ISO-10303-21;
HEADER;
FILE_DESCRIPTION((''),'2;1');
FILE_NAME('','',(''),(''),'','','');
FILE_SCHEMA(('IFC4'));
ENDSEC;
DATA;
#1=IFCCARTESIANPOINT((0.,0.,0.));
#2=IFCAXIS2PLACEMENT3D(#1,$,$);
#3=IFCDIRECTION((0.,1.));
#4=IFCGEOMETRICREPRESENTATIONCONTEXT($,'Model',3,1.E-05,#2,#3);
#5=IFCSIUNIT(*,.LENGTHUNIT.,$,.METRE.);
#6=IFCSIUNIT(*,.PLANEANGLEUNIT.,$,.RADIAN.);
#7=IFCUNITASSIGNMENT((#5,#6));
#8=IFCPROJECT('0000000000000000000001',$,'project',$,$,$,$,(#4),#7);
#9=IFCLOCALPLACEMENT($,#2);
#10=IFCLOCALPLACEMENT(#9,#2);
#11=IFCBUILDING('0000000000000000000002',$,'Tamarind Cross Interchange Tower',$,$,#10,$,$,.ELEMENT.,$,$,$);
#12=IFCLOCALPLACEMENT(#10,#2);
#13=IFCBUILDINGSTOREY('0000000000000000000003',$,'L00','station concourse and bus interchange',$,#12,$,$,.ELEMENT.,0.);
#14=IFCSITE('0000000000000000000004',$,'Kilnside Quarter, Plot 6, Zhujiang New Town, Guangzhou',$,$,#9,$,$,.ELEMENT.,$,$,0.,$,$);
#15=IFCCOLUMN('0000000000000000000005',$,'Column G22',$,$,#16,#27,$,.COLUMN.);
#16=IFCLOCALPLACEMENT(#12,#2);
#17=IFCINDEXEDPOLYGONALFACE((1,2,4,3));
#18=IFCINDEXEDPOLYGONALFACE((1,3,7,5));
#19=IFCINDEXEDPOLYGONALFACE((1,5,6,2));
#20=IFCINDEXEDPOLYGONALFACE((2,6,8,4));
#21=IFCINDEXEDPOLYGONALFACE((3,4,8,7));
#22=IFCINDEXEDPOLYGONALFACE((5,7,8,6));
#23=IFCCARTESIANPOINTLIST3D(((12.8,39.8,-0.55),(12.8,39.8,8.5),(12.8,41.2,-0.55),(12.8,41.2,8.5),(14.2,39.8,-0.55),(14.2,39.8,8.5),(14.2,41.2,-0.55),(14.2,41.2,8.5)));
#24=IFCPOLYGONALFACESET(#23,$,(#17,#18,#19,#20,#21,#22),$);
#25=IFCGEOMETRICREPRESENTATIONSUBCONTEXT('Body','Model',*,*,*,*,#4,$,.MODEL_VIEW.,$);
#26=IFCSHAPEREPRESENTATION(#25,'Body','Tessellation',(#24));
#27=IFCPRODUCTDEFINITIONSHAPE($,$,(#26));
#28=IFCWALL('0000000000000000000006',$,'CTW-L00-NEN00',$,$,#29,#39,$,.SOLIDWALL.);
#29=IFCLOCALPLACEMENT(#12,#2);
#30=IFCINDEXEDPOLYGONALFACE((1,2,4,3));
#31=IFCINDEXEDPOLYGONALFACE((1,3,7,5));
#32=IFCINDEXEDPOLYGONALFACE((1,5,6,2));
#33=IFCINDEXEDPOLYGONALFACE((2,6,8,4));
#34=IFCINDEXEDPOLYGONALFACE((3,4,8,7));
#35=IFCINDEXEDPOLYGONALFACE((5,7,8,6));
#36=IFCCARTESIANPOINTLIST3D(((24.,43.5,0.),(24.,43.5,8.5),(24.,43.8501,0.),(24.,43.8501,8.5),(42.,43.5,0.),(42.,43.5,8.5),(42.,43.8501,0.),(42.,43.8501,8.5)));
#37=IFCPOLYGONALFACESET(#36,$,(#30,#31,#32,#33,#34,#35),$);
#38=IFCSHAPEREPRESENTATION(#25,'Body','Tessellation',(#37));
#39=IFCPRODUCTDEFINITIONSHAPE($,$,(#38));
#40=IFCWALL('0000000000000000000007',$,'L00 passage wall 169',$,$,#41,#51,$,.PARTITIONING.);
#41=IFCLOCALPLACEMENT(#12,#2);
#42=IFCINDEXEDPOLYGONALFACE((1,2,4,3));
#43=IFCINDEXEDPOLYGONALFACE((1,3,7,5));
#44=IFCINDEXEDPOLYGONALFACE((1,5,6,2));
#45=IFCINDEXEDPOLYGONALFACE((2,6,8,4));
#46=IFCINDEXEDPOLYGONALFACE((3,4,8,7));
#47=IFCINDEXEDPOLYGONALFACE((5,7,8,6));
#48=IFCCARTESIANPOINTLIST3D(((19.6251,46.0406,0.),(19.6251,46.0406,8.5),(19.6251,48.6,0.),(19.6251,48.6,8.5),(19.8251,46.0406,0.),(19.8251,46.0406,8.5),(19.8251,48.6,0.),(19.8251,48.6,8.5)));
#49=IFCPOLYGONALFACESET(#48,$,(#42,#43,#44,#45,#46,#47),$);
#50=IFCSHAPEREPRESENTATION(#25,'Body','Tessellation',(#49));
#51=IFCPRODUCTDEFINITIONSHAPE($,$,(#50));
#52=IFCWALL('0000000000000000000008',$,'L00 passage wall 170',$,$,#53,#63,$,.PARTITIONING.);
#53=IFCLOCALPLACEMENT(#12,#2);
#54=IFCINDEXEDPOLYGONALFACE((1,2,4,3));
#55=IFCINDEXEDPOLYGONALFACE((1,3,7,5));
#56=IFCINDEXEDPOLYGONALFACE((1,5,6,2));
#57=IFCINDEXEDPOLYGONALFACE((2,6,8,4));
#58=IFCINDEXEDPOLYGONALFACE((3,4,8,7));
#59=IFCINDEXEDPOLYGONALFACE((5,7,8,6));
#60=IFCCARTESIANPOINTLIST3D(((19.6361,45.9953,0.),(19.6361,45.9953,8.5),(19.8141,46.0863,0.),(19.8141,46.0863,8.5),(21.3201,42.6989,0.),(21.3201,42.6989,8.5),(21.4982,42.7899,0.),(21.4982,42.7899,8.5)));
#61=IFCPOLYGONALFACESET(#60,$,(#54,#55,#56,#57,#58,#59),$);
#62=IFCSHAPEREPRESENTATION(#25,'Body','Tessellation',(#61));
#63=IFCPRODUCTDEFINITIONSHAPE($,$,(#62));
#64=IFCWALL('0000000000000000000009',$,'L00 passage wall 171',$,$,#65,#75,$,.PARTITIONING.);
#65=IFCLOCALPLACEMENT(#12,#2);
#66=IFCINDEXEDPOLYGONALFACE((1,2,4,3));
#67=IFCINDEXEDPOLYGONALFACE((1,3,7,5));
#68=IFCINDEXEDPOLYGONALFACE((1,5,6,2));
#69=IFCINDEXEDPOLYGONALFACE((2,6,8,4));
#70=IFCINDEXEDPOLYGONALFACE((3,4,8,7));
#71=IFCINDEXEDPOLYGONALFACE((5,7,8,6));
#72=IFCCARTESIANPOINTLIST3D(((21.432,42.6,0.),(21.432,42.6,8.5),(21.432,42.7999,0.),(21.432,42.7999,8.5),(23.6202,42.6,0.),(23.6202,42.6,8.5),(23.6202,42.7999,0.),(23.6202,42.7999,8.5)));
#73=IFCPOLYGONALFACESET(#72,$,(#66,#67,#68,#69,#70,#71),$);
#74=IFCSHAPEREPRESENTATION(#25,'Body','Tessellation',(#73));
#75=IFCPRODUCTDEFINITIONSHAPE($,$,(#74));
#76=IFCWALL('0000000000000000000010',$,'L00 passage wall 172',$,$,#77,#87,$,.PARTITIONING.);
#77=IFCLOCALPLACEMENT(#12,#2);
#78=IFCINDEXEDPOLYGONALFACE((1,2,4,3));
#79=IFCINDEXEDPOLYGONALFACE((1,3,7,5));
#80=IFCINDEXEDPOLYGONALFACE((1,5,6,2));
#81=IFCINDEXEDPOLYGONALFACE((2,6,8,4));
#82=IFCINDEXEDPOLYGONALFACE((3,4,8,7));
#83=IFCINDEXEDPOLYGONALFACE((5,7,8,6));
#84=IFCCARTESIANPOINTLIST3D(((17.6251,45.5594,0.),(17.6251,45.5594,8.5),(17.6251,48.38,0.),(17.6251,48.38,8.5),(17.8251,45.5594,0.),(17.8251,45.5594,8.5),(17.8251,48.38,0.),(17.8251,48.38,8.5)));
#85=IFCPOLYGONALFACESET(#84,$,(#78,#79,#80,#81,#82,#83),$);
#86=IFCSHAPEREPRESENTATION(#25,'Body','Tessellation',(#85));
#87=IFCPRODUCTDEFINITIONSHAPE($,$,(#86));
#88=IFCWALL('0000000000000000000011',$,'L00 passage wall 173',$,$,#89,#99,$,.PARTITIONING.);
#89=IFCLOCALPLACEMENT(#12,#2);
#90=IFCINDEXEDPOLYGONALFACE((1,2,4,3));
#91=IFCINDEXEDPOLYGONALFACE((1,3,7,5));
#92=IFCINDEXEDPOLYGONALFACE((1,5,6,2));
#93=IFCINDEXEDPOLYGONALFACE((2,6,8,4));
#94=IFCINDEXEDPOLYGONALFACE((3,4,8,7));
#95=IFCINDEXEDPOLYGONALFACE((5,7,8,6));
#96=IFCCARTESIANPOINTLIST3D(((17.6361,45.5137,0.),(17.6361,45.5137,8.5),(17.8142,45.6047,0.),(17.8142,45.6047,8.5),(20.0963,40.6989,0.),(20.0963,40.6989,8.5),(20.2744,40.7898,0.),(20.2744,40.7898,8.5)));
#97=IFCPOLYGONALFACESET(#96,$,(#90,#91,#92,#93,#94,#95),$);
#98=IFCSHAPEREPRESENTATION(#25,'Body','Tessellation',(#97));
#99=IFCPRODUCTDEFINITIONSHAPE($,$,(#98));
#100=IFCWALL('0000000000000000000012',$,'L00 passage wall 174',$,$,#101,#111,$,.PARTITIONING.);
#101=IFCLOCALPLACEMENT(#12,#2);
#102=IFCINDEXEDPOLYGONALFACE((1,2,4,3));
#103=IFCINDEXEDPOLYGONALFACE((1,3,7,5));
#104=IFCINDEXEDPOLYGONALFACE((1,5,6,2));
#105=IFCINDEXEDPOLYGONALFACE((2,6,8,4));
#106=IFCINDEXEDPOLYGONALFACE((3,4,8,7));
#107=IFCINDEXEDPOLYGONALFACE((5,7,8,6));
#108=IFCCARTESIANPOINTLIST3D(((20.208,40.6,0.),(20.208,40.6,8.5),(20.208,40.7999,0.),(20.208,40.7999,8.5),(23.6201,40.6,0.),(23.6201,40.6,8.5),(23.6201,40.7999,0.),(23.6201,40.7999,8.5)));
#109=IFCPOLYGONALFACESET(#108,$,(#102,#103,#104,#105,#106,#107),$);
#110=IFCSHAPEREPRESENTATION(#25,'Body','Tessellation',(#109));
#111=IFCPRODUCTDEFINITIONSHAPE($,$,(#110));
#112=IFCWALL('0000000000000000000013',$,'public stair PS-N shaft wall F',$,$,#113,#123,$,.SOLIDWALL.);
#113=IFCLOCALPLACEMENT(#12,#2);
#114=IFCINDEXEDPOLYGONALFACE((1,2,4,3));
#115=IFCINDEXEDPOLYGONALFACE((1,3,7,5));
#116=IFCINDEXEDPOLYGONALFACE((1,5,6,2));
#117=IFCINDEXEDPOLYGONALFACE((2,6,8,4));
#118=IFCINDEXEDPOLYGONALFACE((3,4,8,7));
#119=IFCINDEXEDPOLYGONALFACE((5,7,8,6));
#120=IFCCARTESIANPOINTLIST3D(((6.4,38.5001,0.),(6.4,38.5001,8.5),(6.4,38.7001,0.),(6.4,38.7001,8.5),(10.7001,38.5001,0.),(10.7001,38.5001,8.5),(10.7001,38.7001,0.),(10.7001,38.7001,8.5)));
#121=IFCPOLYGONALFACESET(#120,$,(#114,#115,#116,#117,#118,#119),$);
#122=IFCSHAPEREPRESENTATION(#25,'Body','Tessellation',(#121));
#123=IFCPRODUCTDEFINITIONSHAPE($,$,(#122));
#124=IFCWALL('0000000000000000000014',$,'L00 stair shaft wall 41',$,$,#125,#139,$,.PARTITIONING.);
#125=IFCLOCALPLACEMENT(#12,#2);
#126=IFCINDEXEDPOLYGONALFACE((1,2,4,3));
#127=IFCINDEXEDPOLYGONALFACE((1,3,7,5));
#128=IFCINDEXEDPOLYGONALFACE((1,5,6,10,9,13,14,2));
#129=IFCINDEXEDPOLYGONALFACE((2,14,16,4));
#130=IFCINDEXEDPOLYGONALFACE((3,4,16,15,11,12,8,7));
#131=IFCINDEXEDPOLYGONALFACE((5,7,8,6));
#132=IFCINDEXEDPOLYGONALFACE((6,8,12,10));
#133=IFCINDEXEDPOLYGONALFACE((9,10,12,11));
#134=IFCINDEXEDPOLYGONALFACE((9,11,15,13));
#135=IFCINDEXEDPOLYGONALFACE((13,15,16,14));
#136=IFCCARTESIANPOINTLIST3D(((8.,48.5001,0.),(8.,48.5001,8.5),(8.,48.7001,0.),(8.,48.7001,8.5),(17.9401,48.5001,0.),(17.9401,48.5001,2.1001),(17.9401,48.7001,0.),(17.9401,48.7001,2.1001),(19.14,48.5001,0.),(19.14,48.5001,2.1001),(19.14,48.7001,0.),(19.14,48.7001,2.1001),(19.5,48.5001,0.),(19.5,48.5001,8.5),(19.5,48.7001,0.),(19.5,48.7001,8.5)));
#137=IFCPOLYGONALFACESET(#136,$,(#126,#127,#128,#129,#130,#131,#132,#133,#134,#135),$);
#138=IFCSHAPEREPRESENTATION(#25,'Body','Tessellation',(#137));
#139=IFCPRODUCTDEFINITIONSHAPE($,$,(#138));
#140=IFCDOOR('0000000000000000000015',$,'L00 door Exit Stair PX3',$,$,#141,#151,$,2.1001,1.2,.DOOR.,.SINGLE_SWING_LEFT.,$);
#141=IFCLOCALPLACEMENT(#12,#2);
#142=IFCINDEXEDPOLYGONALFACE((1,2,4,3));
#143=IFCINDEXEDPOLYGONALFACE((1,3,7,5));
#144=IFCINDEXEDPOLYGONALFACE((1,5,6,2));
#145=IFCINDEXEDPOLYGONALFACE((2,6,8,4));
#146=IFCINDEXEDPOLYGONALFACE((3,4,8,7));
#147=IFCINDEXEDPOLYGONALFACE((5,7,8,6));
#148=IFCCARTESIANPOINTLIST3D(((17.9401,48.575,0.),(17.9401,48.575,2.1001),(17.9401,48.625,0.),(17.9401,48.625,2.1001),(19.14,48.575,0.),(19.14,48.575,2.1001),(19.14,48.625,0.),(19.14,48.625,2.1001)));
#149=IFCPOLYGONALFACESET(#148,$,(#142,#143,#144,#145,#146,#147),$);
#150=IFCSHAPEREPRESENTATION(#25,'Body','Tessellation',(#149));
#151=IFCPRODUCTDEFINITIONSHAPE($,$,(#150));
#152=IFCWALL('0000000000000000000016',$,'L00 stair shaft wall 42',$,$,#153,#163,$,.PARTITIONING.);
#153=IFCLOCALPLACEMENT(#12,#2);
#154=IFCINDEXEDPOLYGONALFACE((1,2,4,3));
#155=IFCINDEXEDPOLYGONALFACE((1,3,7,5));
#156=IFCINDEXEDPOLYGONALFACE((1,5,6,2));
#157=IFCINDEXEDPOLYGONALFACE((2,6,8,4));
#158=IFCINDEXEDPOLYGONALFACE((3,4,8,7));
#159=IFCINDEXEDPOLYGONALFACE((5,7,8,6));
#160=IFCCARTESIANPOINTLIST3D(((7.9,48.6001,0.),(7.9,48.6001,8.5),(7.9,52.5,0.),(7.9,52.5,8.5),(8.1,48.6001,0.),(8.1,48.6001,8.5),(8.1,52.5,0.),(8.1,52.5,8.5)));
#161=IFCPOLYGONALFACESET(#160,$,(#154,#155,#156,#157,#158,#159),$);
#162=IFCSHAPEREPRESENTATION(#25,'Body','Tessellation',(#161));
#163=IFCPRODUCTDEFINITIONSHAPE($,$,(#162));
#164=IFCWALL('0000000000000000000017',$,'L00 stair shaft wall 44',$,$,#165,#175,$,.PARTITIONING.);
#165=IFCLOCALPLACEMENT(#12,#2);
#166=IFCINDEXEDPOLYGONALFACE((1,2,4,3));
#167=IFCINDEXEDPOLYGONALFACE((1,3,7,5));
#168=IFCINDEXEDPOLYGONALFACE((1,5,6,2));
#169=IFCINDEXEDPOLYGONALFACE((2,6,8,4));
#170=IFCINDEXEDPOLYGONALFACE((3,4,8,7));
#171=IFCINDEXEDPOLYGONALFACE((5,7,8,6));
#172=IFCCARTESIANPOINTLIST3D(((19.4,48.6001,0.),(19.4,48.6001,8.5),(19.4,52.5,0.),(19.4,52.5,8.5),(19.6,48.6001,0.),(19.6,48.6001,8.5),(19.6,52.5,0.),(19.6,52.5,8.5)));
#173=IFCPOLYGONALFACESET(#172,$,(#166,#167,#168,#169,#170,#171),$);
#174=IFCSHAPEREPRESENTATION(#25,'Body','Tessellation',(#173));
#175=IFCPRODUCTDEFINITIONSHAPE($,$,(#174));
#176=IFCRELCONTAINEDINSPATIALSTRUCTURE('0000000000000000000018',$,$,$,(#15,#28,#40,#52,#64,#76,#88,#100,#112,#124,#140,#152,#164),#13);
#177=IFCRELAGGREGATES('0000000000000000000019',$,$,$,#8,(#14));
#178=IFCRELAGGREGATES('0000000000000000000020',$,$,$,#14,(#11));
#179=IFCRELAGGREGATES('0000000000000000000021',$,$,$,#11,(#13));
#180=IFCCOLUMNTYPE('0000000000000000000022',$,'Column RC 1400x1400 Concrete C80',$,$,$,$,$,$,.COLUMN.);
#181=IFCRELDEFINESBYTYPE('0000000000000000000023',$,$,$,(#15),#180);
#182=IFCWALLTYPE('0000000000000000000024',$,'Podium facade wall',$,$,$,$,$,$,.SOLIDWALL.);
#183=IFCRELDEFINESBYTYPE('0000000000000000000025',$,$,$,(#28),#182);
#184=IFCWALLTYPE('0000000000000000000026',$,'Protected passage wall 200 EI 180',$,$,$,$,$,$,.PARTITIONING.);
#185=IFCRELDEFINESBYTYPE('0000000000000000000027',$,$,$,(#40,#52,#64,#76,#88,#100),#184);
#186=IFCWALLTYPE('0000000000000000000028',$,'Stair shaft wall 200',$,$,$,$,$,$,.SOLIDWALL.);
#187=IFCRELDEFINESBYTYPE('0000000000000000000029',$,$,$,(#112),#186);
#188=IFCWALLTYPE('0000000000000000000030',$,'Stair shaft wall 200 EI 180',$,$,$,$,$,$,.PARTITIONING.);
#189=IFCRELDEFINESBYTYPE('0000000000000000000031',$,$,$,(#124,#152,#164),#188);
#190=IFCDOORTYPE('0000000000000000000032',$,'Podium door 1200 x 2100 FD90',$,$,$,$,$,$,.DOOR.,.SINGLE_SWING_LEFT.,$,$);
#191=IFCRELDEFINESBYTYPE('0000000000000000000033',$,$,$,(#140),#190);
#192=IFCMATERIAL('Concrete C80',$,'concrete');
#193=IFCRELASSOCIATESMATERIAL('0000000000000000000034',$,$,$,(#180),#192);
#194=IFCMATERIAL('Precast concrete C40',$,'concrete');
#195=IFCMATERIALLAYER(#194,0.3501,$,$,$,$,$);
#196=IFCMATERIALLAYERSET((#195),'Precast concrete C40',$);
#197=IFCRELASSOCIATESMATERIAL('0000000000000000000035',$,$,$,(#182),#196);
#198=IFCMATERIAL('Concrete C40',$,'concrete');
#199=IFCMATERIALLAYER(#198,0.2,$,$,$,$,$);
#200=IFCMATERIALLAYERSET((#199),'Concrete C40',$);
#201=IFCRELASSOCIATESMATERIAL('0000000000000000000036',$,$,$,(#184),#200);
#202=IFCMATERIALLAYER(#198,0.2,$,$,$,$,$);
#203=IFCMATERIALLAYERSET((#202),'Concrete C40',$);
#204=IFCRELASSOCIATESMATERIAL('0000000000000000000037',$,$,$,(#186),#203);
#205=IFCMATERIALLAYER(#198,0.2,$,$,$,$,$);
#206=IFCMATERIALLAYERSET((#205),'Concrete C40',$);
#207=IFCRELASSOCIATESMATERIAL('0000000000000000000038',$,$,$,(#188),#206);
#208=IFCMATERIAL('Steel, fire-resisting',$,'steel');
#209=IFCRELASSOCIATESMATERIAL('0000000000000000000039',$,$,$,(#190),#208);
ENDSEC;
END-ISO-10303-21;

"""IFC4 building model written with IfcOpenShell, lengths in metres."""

from ifc_helpers import new_model, si_unit, direction, frame, frame_2d, origin, origin_2d, place, context, subcontext, project, spatial, rectangle, extrude, material, layer, layer_set, material_profile, profile_set, type_object, element, fill, save


model = new_model("IFC4")

# Units and contexts
model_context = context("Model", 3, precision=1e-05, world=origin(), true_north=direction((0.0, 1.0)))
body_context = subcontext(model_context, "Body", "Model", "MODEL_VIEW")
ifc_project = project(units=[si_unit("LENGTHUNIT", "METRE"), si_unit("PLANEANGLEUNIT", "RADIAN")], contexts=[model_context])

# Site, building, storey
site_placement = place(None, origin())
site = spatial("IfcSite", under=ifc_project, at=site_placement, Name="Kilnside Quarter, Plot 6, Zhujiang New Town, Guangzhou", CompositionType="ELEMENT", RefElevation=0.0)
building_placement = place(site_placement, origin())
building = spatial("IfcBuilding", under=site, at=building_placement, Name="Tamarind Cross Interchange Tower", CompositionType="ELEMENT")
storey_placement = place(building_placement, origin())
storey = spatial("IfcBuildingStorey", under=building, at=storey_placement, Name="L00", Description="station concourse and bus interchange", CompositionType="ELEMENT", Elevation=0.0)

# Column
ifc_material_1 = material(Name="Concrete C80", Category="concrete")
ifc_material_profile = material_profile(ifc_material_1, rectangle(XDim=1.3999, YDim=1.3999, at=origin_2d()), Name="RC 1400x1400")
ifc_profile_set = profile_set([ifc_material_profile], Name="Concrete C80")
column_type = type_object("IfcColumnType", Name="Column RC 1400x1400 Concrete C80", PredefinedType="COLUMN", material=ifc_profile_set)
column_placement = place(storey_placement, frame((13.5, 40.5, -0.55), z_axis=(0.0, 0.0, 1.0), x_axis=(1.0, 0.0, 0.0)))
element("IfcColumn", 1, at=column_placement, inside=storey, type_object=column_type, Name="Column G22", PredefinedType="COLUMN", context=body_context, shape_type="SweptSolid", body=[
    extrude(rectangle(XDim=1.3999, YDim=1.3999, at=origin_2d()), origin(), (0.0, 0.0, 1.0), 9.05),
])

# Walls
ifc_material_2 = material(Name="Precast concrete C40", Category="concrete")
ifc_layer_1 = layer(ifc_material_2, 0.3501)
ifc_layer_set_1 = layer_set([ifc_layer_1], Name="Precast concrete C40")
wall_type_1 = type_object("IfcWallType", Name="Podium facade wall", PredefinedType="SOLIDWALL", material=ifc_layer_set_1)
wall_1_placement = place(storey_placement, frame((24.0, 43.675, 0.0), z_axis=(0.0, 0.0, 1.0), x_axis=(1.0, 0.0, 0.0)))
element("IfcWall", 2, at=wall_1_placement, inside=storey, type_object=wall_type_1, Name="CTW-L00-NEN00", PredefinedType="SOLIDWALL", context=body_context, shape_type="SweptSolid", body=[
    extrude(rectangle(XDim=18.0, YDim=0.3501, at=frame_2d((9.0, 0.0))), origin(), (0.0, 0.0, 1.0), 8.5),
])
ifc_material_3 = material(Name="Concrete C40", Category="concrete")
ifc_layer_2 = layer(ifc_material_3, 0.2)
ifc_layer_set_2 = layer_set([ifc_layer_2], Name="Concrete C40")
wall_type_2 = type_object("IfcWallType", Name="Protected passage wall 200 EI 180", PredefinedType="PARTITIONING", material=ifc_layer_set_2)
wall_2_placement = place(storey_placement, frame((19.7251, 48.6001, 0.0), z_axis=(0.0, 0.0, 1.0), x_axis=(0.0, -1.0, 0.0)))
element("IfcWall", 3, at=wall_2_placement, inside=storey, type_object=wall_type_2, Name="L00 passage wall 169", PredefinedType="PARTITIONING", context=body_context, shape_type="SweptSolid", body=[
    extrude(rectangle(XDim=2.5593, YDim=0.2, at=frame_2d((1.2798, 0.0))), origin(), (0.0, 0.0, 1.0), 8.5),
])
wall_3_placement = place(storey_placement, frame((19.7251, 46.0408, 0.0), z_axis=(0.0, 0.0, 1.0), x_axis=(0.454953, -0.890515, 0.0)))
element("IfcWall", 4, at=wall_3_placement, inside=storey, type_object=wall_type_2, Name="L00 passage wall 170", PredefinedType="PARTITIONING", context=body_context, shape_type="SweptSolid", body=[
    extrude(rectangle(XDim=3.7017, YDim=0.2, at=frame_2d((1.8508, 0.0))), origin(), (0.0, 0.0, 1.0), 8.5),
])
wall_4_placement = place(storey_placement, frame((21.4319, 42.7, 0.0), z_axis=(0.0, 0.0, 1.0), x_axis=(1.0, 0.0, 0.0)))
element("IfcWall", 5, at=wall_4_placement, inside=storey, type_object=wall_type_2, Name="L00 passage wall 171", PredefinedType="PARTITIONING", context=body_context, shape_type="SweptSolid", body=[
    extrude(rectangle(XDim=2.1882, YDim=0.2, at=frame_2d((1.0942, 0.0))), origin(), (0.0, 0.0, 1.0), 8.5),
])
wall_5_placement = place(storey_placement, frame((17.7251, 48.3799, 0.0), z_axis=(0.0, 0.0, 1.0), x_axis=(0.0, -1.0, 0.0)))
element("IfcWall", 6, at=wall_5_placement, inside=storey, type_object=wall_type_2, Name="L00 passage wall 172", PredefinedType="PARTITIONING", context=body_context, shape_type="SweptSolid", body=[
    extrude(rectangle(XDim=2.8206, YDim=0.2, at=frame_2d((1.4102, 0.0))), origin(), (0.0, 0.0, 1.0), 8.5),
])
wall_6_placement = place(storey_placement, frame((17.7251, 45.5593, 0.0), z_axis=(0.0, 0.0, 1.0), x_axis=(0.454999, -0.890492, 0.0)))
element("IfcWall", 7, at=wall_6_placement, inside=storey, type_object=wall_type_2, Name="L00 passage wall 173", PredefinedType="PARTITIONING", context=body_context, shape_type="SweptSolid", body=[
    extrude(rectangle(XDim=5.407, YDim=0.2, at=frame_2d((2.7036, 0.0))), origin(), (0.0, 0.0, 1.0), 8.5),
])
wall_7_placement = place(storey_placement, frame((20.208, 40.7, 0.0), z_axis=(0.0, 0.0, 1.0), x_axis=(1.0, 0.0, 0.0)))
element("IfcWall", 8, at=wall_7_placement, inside=storey, type_object=wall_type_2, Name="L00 passage wall 174", PredefinedType="PARTITIONING", context=body_context, shape_type="SweptSolid", body=[
    extrude(rectangle(XDim=3.4121, YDim=0.2, at=frame_2d((1.7061, 0.0))), origin(), (0.0, 0.0, 1.0), 8.5),
])
ifc_layer_3 = layer(ifc_material_3, 0.2)
ifc_layer_set_3 = layer_set([ifc_layer_3], Name="Concrete C40")
wall_type_3 = type_object("IfcWallType", Name="Stair shaft wall 200", PredefinedType="SOLIDWALL", material=ifc_layer_set_3)
wall_8_placement = place(storey_placement, frame((10.7, 38.6001, 0.0), z_axis=(0.0, 0.0, 1.0), x_axis=(-1.0, 0.0, 0.0)))
element("IfcWall", 9, at=wall_8_placement, inside=storey, type_object=wall_type_3, Name="public stair PS-N shaft wall F", PredefinedType="SOLIDWALL", context=body_context, shape_type="SweptSolid", body=[
    extrude(rectangle(XDim=4.3, YDim=0.2, at=frame_2d((2.1499, 0.0))), origin(), (0.0, 0.0, 1.0), 8.5),
])

# Wall, opening, door
ifc_layer_4 = layer(ifc_material_3, 0.2)
ifc_layer_set_4 = layer_set([ifc_layer_4], Name="Concrete C40")
wall_type_4 = type_object("IfcWallType", Name="Stair shaft wall 200 EI 180", PredefinedType="PARTITIONING", material=ifc_layer_set_4)
wall_9_placement = place(storey_placement, frame((8.0, 48.6001, 0.0), z_axis=(0.0, 0.0, 1.0), x_axis=(1.0, 0.0, 0.0)))
wall_9 = element("IfcWall", 10, at=wall_9_placement, inside=storey, type_object=wall_type_4, Name="L00 stair shaft wall 41", PredefinedType="PARTITIONING", context=body_context, shape_type="SweptSolid", body=[
    extrude(rectangle(XDim=11.5, YDim=0.2, at=frame_2d((5.75, 0.0))), origin(), (0.0, 0.0, 1.0), 8.5),
])
opening_placement = place(wall_9_placement, frame((9.9399, 0.0, 0.0)))
opening = element("IfcOpeningElement", 11, at=opening_placement, cuts=wall_9, PredefinedType="OPENING", context=body_context, shape_type="SweptSolid", body=[
    extrude(rectangle(XDim=1.2, YDim=2.1001, at=frame_2d((0.6001, 1.05))), frame((0.0, 0.1099, 0.0), z_axis=(0.0, -1.0, 0.0), x_axis=(1.0, 0.0, 0.0)), (0.0, 0.0, 1.0), 0.22),
])
ifc_material_4 = material(Name="Steel, fire-resisting", Category="steel")
door_type = type_object("IfcDoorType", Name="Podium door 1200 x 2100 FD90", OperationType="SINGLE_SWING_LEFT", PredefinedType="DOOR", material=ifc_material_4)
door_placement = place(opening_placement, origin())
door = element("IfcDoor", 12, at=door_placement, inside=storey, type_object=door_type, Name="L00 door Exit Stair PX3", OperationType="SINGLE_SWING_LEFT", OverallHeight=2.1001, OverallWidth=1.2, PredefinedType="DOOR", context=body_context, shape_type="SweptSolid", body=[
    extrude(rectangle(XDim=1.2, YDim=2.1001, at=frame_2d((0.6001, 1.05))), frame((0.0, 0.0249, 0.0), z_axis=(0.0, -1.0, 0.0), x_axis=(1.0, 0.0, 0.0)), (0.0, 0.0, 1.0), 0.05),
])
fill(opening, door)

# Walls
for number, where, z_axis, x_axis, name in (
    (13, (8.0, 48.6001, 0.0), (0.0, 0.0, 1.0), (0.0, 1.0, 0.0), "L00 stair shaft wall 42"),
    (14, (19.5, 48.6001, 0.0), (0.0, 0.0, 1.0), (0.0, 1.0, 0.0), "L00 stair shaft wall 44"),
):
    element("IfcWall", number, at=place(storey_placement, frame(where, z_axis=z_axis, x_axis=x_axis)), inside=storey, type_object=wall_type_4, Name=name, PredefinedType="PARTITIONING", context=body_context, shape_type="SweptSolid", body=[
        extrude(rectangle(XDim=3.8999, YDim=0.2, at=frame_2d((1.95, 0.0))), origin(), (0.0, 0.0, 1.0), 8.5),
    ])

save(model, "model.ifc")
